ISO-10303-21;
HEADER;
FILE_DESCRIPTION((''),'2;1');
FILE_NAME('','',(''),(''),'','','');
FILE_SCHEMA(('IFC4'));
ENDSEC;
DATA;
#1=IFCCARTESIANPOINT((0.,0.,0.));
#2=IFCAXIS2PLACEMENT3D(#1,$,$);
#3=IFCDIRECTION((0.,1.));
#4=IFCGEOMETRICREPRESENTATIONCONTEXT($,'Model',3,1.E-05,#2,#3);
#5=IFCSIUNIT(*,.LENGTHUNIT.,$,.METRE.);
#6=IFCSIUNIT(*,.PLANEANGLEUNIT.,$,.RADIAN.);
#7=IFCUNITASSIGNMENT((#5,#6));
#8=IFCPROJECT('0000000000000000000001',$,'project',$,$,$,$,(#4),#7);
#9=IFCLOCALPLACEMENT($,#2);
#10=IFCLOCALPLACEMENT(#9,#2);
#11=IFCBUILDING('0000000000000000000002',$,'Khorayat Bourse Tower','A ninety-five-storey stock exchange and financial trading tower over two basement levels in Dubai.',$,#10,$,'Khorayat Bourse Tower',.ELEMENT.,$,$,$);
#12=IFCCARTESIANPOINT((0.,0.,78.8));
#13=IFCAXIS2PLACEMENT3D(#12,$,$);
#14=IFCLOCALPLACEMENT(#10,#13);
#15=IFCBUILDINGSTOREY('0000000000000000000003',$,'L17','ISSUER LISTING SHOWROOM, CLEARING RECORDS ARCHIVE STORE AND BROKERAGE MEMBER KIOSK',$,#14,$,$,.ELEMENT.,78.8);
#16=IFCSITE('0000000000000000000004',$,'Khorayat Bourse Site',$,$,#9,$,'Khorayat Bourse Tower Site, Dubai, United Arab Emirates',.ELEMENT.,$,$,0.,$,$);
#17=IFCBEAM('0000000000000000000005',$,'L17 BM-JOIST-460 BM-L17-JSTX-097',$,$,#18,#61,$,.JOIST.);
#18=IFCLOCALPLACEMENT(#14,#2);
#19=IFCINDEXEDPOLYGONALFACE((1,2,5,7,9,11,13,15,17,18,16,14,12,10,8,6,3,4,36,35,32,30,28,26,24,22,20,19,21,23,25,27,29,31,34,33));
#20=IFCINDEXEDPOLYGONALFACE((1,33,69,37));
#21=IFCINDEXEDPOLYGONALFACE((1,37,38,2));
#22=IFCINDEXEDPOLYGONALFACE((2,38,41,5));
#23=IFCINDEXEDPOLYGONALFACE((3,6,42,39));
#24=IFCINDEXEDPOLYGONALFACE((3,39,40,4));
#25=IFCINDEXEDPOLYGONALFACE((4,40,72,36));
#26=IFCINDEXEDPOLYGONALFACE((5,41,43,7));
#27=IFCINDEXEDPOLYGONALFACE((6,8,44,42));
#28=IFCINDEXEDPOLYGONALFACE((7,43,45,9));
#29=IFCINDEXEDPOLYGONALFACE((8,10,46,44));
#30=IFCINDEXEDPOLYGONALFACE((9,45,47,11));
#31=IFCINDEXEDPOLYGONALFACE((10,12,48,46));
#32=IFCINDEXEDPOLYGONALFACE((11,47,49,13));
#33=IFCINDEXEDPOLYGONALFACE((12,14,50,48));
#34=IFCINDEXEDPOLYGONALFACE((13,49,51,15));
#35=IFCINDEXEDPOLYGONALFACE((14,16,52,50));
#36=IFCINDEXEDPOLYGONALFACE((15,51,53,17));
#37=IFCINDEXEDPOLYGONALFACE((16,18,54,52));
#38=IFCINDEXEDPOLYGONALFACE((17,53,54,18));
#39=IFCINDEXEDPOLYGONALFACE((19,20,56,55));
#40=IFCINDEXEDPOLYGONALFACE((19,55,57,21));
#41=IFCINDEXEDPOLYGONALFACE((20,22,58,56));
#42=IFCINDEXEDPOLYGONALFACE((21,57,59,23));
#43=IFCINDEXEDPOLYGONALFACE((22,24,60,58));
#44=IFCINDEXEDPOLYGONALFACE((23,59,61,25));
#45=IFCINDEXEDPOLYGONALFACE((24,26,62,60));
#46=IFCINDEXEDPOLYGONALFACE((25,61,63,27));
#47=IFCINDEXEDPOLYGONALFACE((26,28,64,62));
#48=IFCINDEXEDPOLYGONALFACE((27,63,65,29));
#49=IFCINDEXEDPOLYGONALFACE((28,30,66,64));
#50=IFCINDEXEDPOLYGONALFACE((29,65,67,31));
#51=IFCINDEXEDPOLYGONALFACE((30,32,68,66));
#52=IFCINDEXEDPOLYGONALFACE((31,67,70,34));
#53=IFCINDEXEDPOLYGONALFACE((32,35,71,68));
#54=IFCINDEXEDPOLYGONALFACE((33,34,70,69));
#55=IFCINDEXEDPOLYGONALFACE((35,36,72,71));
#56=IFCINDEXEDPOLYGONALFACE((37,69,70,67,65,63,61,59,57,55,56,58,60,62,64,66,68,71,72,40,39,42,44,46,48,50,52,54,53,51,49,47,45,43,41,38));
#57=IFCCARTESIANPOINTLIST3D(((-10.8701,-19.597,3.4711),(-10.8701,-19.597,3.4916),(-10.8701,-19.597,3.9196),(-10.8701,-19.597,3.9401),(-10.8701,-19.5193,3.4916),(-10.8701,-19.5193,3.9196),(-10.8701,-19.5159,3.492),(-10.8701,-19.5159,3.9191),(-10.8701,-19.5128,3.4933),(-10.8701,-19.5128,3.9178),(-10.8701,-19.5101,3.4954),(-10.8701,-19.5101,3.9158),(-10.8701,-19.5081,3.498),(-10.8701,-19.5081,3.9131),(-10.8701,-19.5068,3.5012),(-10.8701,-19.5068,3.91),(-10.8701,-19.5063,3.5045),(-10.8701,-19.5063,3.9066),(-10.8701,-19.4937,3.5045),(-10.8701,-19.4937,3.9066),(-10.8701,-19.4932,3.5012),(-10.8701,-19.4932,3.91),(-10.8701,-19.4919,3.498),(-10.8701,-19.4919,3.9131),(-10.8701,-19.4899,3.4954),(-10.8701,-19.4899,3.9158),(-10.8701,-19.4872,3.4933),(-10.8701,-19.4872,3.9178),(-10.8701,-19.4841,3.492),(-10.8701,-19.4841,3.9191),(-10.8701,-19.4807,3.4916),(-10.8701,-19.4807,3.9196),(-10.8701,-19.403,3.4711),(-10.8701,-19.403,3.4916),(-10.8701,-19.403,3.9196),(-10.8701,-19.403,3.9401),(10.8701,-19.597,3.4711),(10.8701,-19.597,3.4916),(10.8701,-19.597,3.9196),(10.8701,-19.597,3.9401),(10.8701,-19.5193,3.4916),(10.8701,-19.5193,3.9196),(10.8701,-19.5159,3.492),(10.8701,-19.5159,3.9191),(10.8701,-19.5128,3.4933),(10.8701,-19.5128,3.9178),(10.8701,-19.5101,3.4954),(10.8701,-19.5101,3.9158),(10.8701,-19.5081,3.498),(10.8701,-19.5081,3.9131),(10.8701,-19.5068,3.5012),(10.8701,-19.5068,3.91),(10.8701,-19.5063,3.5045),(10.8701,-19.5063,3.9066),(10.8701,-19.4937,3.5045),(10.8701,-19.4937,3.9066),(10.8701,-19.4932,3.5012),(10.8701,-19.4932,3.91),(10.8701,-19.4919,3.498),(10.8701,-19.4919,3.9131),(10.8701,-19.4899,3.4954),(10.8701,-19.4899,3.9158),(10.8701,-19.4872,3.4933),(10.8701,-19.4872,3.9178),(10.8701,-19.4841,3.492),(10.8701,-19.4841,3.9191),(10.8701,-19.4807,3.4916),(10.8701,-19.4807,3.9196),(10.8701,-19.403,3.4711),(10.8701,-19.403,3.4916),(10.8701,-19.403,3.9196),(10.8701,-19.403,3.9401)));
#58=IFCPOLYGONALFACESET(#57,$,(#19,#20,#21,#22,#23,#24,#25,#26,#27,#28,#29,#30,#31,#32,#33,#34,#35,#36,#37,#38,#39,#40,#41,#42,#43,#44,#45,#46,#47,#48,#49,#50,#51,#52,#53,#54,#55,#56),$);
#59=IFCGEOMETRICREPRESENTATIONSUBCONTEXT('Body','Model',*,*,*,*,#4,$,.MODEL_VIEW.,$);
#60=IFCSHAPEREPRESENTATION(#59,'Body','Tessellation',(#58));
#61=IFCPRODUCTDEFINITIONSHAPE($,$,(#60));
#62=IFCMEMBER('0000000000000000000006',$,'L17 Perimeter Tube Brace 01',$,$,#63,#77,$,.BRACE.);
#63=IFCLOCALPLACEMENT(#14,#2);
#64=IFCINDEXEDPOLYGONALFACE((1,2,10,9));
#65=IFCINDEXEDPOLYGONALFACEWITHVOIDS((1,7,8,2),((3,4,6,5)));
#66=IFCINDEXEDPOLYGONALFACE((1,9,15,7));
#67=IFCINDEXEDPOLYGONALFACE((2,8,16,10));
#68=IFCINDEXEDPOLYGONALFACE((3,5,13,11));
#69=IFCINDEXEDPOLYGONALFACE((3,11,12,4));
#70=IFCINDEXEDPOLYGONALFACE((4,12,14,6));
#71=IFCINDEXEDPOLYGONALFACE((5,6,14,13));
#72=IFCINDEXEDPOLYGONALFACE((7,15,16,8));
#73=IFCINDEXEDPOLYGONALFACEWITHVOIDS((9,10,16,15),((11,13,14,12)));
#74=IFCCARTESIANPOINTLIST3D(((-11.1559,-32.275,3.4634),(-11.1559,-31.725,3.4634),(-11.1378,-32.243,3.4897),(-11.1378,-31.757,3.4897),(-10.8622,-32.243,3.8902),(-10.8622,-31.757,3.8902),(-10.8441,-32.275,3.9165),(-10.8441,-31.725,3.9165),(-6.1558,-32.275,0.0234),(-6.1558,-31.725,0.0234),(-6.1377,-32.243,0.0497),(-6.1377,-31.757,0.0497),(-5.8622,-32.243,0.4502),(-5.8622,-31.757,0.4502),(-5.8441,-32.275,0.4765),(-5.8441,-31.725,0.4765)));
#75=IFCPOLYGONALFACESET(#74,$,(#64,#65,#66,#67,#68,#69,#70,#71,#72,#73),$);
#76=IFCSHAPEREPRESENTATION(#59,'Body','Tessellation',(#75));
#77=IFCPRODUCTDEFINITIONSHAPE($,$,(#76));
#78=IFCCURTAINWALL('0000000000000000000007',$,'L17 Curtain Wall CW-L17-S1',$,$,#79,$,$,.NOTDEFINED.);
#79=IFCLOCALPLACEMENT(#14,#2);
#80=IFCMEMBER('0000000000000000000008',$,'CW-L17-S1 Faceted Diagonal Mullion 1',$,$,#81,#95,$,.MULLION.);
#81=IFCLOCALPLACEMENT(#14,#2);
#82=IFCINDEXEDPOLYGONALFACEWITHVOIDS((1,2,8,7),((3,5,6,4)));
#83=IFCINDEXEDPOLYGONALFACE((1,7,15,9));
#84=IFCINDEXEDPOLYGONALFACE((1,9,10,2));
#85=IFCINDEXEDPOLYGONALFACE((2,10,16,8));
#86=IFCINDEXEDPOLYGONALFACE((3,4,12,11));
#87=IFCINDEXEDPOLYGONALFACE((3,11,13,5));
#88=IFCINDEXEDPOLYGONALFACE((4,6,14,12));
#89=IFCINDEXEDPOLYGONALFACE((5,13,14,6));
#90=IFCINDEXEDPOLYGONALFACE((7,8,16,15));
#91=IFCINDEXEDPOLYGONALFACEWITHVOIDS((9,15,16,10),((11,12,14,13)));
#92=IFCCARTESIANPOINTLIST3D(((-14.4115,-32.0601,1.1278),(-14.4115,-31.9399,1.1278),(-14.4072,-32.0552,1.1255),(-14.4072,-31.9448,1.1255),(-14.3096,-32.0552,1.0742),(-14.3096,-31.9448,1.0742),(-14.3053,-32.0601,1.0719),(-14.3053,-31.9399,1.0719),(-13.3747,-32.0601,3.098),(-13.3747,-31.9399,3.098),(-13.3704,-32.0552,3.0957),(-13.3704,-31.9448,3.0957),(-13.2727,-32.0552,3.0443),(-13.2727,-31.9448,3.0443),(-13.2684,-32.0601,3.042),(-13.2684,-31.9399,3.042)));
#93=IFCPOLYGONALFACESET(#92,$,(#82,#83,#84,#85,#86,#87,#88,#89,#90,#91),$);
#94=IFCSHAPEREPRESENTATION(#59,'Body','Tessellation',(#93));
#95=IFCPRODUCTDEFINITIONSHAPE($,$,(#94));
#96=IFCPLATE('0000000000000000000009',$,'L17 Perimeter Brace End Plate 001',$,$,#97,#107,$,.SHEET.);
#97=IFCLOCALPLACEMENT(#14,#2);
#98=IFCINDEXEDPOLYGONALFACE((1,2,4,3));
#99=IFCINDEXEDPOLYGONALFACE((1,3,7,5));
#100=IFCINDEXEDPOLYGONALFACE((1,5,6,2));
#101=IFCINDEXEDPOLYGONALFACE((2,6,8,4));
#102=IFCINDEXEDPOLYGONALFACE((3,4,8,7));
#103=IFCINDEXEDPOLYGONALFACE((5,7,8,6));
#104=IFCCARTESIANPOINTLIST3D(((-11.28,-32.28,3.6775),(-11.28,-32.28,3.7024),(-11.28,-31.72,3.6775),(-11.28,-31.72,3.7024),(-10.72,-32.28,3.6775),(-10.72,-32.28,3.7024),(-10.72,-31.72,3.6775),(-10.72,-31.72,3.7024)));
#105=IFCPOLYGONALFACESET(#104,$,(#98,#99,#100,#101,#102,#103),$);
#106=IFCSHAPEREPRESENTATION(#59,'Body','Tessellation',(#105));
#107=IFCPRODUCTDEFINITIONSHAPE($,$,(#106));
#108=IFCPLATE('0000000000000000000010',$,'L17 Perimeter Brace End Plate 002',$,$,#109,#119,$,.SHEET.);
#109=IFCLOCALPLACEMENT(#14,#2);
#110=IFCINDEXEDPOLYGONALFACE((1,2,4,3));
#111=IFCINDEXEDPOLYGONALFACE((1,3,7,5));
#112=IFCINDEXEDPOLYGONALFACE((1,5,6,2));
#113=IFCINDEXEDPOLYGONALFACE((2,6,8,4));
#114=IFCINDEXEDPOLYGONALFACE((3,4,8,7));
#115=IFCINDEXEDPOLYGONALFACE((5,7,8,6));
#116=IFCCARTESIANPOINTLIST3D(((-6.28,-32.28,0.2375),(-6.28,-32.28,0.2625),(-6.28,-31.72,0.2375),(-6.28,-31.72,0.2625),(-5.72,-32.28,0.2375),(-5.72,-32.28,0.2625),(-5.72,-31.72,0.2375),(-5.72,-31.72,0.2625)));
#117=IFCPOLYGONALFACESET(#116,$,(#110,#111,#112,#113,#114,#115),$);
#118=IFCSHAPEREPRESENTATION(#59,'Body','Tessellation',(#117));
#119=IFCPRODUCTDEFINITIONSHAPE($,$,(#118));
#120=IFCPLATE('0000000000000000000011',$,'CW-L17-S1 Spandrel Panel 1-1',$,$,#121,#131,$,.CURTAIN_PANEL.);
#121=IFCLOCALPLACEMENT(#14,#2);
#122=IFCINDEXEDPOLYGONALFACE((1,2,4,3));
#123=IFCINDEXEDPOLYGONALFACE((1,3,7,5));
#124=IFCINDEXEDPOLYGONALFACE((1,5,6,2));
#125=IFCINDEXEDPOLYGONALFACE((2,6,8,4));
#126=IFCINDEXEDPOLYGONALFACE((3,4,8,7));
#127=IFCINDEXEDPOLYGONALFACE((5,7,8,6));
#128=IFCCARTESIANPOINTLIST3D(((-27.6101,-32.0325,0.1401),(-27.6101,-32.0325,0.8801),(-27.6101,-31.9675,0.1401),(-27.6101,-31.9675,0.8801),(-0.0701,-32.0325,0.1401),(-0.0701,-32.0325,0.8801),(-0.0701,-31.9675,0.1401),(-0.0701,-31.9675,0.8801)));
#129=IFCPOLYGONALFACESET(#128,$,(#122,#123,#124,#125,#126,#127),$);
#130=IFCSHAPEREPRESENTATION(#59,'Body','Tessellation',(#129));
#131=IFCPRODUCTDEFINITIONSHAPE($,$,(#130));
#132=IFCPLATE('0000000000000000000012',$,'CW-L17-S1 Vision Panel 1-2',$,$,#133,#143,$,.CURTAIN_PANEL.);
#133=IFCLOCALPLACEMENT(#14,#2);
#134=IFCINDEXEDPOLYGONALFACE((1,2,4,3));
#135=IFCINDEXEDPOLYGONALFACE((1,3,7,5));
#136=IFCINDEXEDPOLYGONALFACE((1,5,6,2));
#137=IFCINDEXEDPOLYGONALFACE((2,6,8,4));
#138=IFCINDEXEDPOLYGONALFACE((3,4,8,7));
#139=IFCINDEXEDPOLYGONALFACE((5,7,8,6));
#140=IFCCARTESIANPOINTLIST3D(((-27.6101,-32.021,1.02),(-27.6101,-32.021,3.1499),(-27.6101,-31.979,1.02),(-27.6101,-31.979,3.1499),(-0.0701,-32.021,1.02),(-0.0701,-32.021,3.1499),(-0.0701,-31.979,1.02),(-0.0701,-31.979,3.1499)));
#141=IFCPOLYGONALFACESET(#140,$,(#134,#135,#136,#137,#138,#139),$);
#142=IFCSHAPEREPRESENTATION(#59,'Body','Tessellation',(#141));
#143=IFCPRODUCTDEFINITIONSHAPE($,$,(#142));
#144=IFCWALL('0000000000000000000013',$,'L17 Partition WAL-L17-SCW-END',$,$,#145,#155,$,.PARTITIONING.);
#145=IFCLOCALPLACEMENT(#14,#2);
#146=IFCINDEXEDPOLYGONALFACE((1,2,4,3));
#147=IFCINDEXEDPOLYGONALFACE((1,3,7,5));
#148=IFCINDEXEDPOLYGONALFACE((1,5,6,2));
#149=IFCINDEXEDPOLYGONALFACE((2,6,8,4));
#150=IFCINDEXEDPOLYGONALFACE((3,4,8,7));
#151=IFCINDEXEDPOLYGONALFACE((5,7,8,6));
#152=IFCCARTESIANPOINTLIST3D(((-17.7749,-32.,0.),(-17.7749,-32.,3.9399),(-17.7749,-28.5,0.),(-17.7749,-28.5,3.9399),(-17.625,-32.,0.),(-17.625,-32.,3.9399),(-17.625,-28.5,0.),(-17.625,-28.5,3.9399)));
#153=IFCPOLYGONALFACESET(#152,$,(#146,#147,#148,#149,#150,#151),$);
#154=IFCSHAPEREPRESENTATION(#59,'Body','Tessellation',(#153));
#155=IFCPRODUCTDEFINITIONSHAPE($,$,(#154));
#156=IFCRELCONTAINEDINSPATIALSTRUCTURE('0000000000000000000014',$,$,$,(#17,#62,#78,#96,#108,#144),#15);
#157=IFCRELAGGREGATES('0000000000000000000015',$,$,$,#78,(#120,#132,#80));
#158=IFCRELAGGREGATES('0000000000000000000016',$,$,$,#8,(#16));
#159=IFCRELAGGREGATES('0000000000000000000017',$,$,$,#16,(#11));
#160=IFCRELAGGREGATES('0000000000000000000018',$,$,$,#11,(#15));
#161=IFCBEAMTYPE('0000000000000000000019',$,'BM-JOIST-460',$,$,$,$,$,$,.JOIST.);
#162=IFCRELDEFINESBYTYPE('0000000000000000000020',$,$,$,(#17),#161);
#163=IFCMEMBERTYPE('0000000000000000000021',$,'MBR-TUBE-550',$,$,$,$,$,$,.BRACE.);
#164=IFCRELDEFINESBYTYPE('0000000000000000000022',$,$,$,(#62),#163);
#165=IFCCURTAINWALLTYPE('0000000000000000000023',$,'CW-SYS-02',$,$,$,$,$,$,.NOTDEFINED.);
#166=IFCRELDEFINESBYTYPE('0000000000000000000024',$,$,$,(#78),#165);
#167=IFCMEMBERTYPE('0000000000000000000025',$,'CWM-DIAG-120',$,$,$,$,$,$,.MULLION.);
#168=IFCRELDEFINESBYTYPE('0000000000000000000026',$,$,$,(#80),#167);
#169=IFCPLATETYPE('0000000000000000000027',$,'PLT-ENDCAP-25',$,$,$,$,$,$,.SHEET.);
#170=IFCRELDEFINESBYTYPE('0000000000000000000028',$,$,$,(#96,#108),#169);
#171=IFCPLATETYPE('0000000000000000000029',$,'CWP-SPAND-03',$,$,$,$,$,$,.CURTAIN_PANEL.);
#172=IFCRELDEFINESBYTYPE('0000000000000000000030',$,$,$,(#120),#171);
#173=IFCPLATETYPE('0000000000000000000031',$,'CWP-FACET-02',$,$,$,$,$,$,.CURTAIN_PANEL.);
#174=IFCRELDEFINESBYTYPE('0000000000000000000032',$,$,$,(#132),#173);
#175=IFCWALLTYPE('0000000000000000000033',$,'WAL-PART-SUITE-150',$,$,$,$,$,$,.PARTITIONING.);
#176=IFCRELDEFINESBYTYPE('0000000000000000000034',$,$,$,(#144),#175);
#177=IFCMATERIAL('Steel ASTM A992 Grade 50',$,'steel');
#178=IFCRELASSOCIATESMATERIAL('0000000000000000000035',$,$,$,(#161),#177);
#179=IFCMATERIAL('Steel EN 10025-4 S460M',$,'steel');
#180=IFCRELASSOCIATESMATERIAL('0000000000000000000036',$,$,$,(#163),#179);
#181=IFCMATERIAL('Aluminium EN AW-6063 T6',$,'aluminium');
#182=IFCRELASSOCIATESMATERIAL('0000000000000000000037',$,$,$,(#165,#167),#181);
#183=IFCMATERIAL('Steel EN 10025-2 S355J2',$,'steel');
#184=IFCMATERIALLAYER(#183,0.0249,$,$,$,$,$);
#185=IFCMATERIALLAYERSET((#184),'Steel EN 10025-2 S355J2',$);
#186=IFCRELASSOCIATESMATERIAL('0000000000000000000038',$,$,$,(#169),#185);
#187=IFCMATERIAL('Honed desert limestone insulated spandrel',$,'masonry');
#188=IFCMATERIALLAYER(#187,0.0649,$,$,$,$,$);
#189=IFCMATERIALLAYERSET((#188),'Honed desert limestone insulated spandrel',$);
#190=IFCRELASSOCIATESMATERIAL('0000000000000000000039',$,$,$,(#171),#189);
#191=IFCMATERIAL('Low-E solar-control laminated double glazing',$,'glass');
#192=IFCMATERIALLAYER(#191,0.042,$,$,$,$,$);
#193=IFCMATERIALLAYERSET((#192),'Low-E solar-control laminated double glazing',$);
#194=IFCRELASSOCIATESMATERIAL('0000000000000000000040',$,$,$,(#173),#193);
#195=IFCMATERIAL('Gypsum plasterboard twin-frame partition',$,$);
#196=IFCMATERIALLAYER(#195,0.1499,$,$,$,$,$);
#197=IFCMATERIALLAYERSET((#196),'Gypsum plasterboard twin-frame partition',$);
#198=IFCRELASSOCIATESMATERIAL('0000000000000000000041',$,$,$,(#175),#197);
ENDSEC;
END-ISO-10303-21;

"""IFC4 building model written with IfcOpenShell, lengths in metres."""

from ifc_helpers import new_model, si_unit, direction, frame, frame_2d, origin, origin_2d, place, context, subcontext, project, spatial, rectangle, hollow_rectangle, i_section, extrude, source, transform, mapped, material, layer, layer_set, material_profile, profile_set, type_object, element, aggregate, save


model = new_model("IFC4")

# Units and contexts
model_context = context("Model", 3, precision=1e-05, world=origin(), true_north=direction((0.0, 1.0)))
body_context = subcontext(model_context, "Body", "Model", "MODEL_VIEW")
ifc_project = project(units=[si_unit("LENGTHUNIT", "METRE"), si_unit("PLANEANGLEUNIT", "RADIAN")], contexts=[model_context])

# Site, building, storey
site_placement = place(None, origin())
site = spatial("IfcSite", under=ifc_project, at=site_placement, Name="Khorayat Bourse Site", LongName="Khorayat Bourse Tower Site, Dubai, United Arab Emirates", CompositionType="ELEMENT", RefElevation=0.0)
building_placement = place(site_placement, origin())
building = spatial("IfcBuilding", under=site, at=building_placement, Name="Khorayat Bourse Tower", Description="A ninety-five-storey stock exchange and financial trading tower over two basement levels in Dubai.", LongName="Khorayat Bourse Tower", CompositionType="ELEMENT")
storey_placement = place(building_placement, frame((0.0, 0.0, 78.8)))
storey = spatial("IfcBuildingStorey", under=building, at=storey_placement, Name="L17", Description="ISSUER LISTING SHOWROOM, CLEARING RECORDS ARCHIVE STORE AND BROKERAGE MEMBER KIOSK", CompositionType="ELEMENT", Elevation=78.8)

# Shared definitions
ifc_material_1 = material(Name="Steel EN 10025-4 S460M", Category="steel")

# Beam
ifc_material_2 = material(Name="Steel ASTM A992 Grade 50", Category="steel")
ifc_material_profile_1 = material_profile(ifc_material_2, i_section(OverallWidth=0.1941, OverallDepth=0.469, WebThickness=0.0127, FlangeThickness=0.0205, FilletRadius=0.0129, at=origin_2d()), Name="W460X106")
ifc_profile_set_1 = profile_set([ifc_material_profile_1], Name="Steel ASTM A992 Grade 50")
beam_type_1 = type_object("IfcBeamType", Name="BM-JOIST-460", PredefinedType="JOIST", material=ifc_profile_set_1)
shared_shape_1 = source(origin(), body_context, "Body", "SweptSolid", [
    extrude(i_section(OverallWidth=0.1941, OverallDepth=0.469, WebThickness=0.0127, FlangeThickness=0.0205, FilletRadius=0.0129, at=origin_2d()), origin(), (0.0, 0.0, 1.0), 21.7402),
])
beam_1_placement = place(storey_placement, frame((-10.8701, -19.5, 3.7056), z_axis=(1.0, 0.0, 0.0), x_axis=(0.0, 1.0, 0.0)))
element("IfcBeam", 1, at=beam_1_placement, inside=storey, type_object=beam_type_1, Name="L17 BM-JOIST-460 BM-L17-JSTX-097", PredefinedType="JOIST", context=body_context, shape_type="MappedRepresentation", body=[
    mapped(shared_shape_1, transform((0.0, 0.0, 0.0), scale=1.0)),
])

# Member
ifc_material_profile_2 = material_profile(ifc_material_1, hollow_rectangle(XDim=0.55, YDim=0.55, WallThickness=0.032, at=origin_2d()), Name="HSS 550x550x32")
ifc_profile_set_2 = profile_set([ifc_material_profile_2], Name="Steel EN 10025-4 S460M")
member_type_1 = type_object("IfcMemberType", Name="MBR-TUBE-550", PredefinedType="BRACE", material=ifc_profile_set_2)
shared_shape_2 = source(origin(), body_context, "Body", "SweptSolid", [
    extrude(hollow_rectangle(XDim=0.55, YDim=0.55, WallThickness=0.032, at=origin_2d()), origin(), (0.0, 0.0, 1.0), 6.0691),
])
member_1_placement = place(storey_placement, frame((-11.0, -32.0, 3.6899), z_axis=(0.823854, 0.0, -0.566802), x_axis=(0.0, 1.0, 0.0)))
element("IfcMember", 2, at=member_1_placement, inside=storey, type_object=member_type_1, Name="L17 Perimeter Tube Brace 01", PredefinedType="BRACE", context=body_context, shape_type="MappedRepresentation", body=[
    mapped(shared_shape_2, transform((0.0, 0.0, 0.0), scale=1.0)),
])

# Curtain wall, member
ifc_material_3 = material(Name="Aluminium EN AW-6063 T6", Category="aluminium")
curtain_wall_type = type_object("IfcCurtainWallType", Name="CW-SYS-02", PredefinedType="NOTDEFINED", material=ifc_material_3)
curtain_wall_placement = place(storey_placement, origin())
curtain_wall = element("IfcCurtainWall", 3, at=curtain_wall_placement, inside=storey, type_object=curtain_wall_type, Name="L17 Curtain Wall CW-L17-S1", PredefinedType="NOTDEFINED")
ifc_material_profile_3 = material_profile(ifc_material_3, hollow_rectangle(XDim=0.1201, YDim=0.1201, WallThickness=0.0049, at=origin_2d()), Name="ALU 120x120x5")
ifc_profile_set_3 = profile_set([ifc_material_profile_3], Name="Aluminium EN AW-6063 T6")
member_type_2 = type_object("IfcMemberType", Name="CWM-DIAG-120", PredefinedType="MULLION", material=ifc_profile_set_3)
shared_shape_3 = source(origin(), body_context, "Body", "SweptSolid", [
    extrude(hollow_rectangle(XDim=0.1201, YDim=0.1201, WallThickness=0.0049, at=origin_2d()), origin(), (0.0, 0.0, 1.0), 2.2263),
])
member_2_placement = place(storey_placement, frame((-14.3584, -32.0, 1.0999), z_axis=(0.465715, 0.0, 0.884935), x_axis=(0.0, 1.0, 0.0)))
member_2 = element("IfcMember", 4, at=member_2_placement, type_object=member_type_2, Name="CW-L17-S1 Faceted Diagonal Mullion 1", PredefinedType="MULLION", context=body_context, shape_type="MappedRepresentation", body=[
    mapped(shared_shape_3, transform((0.0, 0.0, 0.0), scale=1.0)),
])

# Plates
ifc_material_4 = material(Name="Steel EN 10025-2 S355J2", Category="steel")
ifc_layer_1 = layer(ifc_material_4, 0.0249)
ifc_layer_set_1 = layer_set([ifc_layer_1], Name="Steel EN 10025-2 S355J2")
plate_type_1 = type_object("IfcPlateType", Name="PLT-ENDCAP-25", PredefinedType="SHEET", material=ifc_layer_set_1)
shared_shape_4 = source(origin(), body_context, "Body", "SweptSolid", [
    extrude(rectangle(XDim=0.5601, YDim=0.5601, at=origin_2d()), origin(), (0.0, 0.0, 1.0), 0.0249),
])
for number, where, z_axis, x_axis, name in (
    (5, (-11.0, -32.0, 3.6775), (0.0, 0.0, 1.0), (1.0, 0.0, 0.0), "L17 Perimeter Brace End Plate 001"),
    (6, (-6.0, -32.0, 0.2375), (0.0, 0.0, 1.0), (1.0, 0.0, 0.0), "L17 Perimeter Brace End Plate 002"),
):
    element("IfcPlate", number, at=place(storey_placement, frame(where, z_axis=z_axis, x_axis=x_axis)), inside=storey, type_object=plate_type_1, Name=name, PredefinedType="SHEET", context=body_context, shape_type="MappedRepresentation", body=[
        mapped(shared_shape_4, transform((0.0, 0.0, 0.0), scale=1.0)),
    ])

# Plates
ifc_material_5 = material(Name="Honed desert limestone insulated spandrel", Category="masonry")
ifc_layer_2 = layer(ifc_material_5, 0.0649)
ifc_layer_set_2 = layer_set([ifc_layer_2], Name="Honed desert limestone insulated spandrel")
plate_type_2 = type_object("IfcPlateType", Name="CWP-SPAND-03", PredefinedType="CURTAIN_PANEL", material=ifc_layer_set_2)
shared_shape_5 = source(origin(), body_context, "Body", "SweptSolid", [
    extrude(rectangle(XDim=27.54, YDim=0.0649, at=origin_2d()), origin(), (0.0, 0.0, 1.0), 0.74),
])
plate_1_placement = place(storey_placement, frame((-13.8401, -32.0, 0.1401), z_axis=(0.0, 0.0, 1.0), x_axis=(1.0, 0.0, 0.0)))
plate_1 = element("IfcPlate", 7, at=plate_1_placement, type_object=plate_type_2, Name="CW-L17-S1 Spandrel Panel 1-1", PredefinedType="CURTAIN_PANEL", context=body_context, shape_type="MappedRepresentation", body=[
    mapped(shared_shape_5, transform((0.0, 0.0, 0.0), scale=1.0)),
])
ifc_material_6 = material(Name="Low-E solar-control laminated double glazing", Category="glass")
ifc_layer_3 = layer(ifc_material_6, 0.042)
ifc_layer_set_3 = layer_set([ifc_layer_3], Name="Low-E solar-control laminated double glazing")
plate_type_3 = type_object("IfcPlateType", Name="CWP-FACET-02", PredefinedType="CURTAIN_PANEL", material=ifc_layer_set_3)
shared_shape_6 = source(origin(), body_context, "Body", "SweptSolid", [
    extrude(rectangle(XDim=27.54, YDim=0.042, at=origin_2d()), origin(), (0.0, 0.0, 1.0), 2.1299),
])
plate_2_placement = place(storey_placement, frame((-13.8401, -32.0, 1.02), z_axis=(0.0, 0.0, 1.0), x_axis=(1.0, 0.0, 0.0)))
plate_2 = element("IfcPlate", 8, at=plate_2_placement, type_object=plate_type_3, Name="CW-L17-S1 Vision Panel 1-2", PredefinedType="CURTAIN_PANEL", context=body_context, shape_type="MappedRepresentation", body=[
    mapped(shared_shape_6, transform((0.0, 0.0, 0.0), scale=1.0)),
])
aggregate(curtain_wall, [plate_1, plate_2, member_2])

# Wall
ifc_material_7 = material(Name="Gypsum plasterboard twin-frame partition")
ifc_layer_4 = layer(ifc_material_7, 0.1499)
ifc_layer_set_4 = layer_set([ifc_layer_4], Name="Gypsum plasterboard twin-frame partition")
wall_type_1 = type_object("IfcWallType", Name="WAL-PART-SUITE-150", PredefinedType="PARTITIONING", material=ifc_layer_set_4)
shared_shape_7 = source(origin(), body_context, "Body", "SweptSolid", [
    extrude(rectangle(XDim=3.5, YDim=0.1499, at=frame_2d((1.75, 0.0))), origin(), (0.0, 0.0, 1.0), 3.9399),
])
wall_1_placement = place(storey_placement, frame((-17.7, -32.0, 0.0), z_axis=(0.0, 0.0, 1.0), x_axis=(0.0, 1.0, 0.0)))
element("IfcWall", 9, at=wall_1_placement, inside=storey, type_object=wall_type_1, Name="L17 Partition WAL-L17-SCW-END", PredefinedType="PARTITIONING", context=body_context, shape_type="MappedRepresentation", body=[
    mapped(shared_shape_7, transform((0.0, 0.0, 0.0), scale=1.0)),
])

save(model, "model.ifc")
